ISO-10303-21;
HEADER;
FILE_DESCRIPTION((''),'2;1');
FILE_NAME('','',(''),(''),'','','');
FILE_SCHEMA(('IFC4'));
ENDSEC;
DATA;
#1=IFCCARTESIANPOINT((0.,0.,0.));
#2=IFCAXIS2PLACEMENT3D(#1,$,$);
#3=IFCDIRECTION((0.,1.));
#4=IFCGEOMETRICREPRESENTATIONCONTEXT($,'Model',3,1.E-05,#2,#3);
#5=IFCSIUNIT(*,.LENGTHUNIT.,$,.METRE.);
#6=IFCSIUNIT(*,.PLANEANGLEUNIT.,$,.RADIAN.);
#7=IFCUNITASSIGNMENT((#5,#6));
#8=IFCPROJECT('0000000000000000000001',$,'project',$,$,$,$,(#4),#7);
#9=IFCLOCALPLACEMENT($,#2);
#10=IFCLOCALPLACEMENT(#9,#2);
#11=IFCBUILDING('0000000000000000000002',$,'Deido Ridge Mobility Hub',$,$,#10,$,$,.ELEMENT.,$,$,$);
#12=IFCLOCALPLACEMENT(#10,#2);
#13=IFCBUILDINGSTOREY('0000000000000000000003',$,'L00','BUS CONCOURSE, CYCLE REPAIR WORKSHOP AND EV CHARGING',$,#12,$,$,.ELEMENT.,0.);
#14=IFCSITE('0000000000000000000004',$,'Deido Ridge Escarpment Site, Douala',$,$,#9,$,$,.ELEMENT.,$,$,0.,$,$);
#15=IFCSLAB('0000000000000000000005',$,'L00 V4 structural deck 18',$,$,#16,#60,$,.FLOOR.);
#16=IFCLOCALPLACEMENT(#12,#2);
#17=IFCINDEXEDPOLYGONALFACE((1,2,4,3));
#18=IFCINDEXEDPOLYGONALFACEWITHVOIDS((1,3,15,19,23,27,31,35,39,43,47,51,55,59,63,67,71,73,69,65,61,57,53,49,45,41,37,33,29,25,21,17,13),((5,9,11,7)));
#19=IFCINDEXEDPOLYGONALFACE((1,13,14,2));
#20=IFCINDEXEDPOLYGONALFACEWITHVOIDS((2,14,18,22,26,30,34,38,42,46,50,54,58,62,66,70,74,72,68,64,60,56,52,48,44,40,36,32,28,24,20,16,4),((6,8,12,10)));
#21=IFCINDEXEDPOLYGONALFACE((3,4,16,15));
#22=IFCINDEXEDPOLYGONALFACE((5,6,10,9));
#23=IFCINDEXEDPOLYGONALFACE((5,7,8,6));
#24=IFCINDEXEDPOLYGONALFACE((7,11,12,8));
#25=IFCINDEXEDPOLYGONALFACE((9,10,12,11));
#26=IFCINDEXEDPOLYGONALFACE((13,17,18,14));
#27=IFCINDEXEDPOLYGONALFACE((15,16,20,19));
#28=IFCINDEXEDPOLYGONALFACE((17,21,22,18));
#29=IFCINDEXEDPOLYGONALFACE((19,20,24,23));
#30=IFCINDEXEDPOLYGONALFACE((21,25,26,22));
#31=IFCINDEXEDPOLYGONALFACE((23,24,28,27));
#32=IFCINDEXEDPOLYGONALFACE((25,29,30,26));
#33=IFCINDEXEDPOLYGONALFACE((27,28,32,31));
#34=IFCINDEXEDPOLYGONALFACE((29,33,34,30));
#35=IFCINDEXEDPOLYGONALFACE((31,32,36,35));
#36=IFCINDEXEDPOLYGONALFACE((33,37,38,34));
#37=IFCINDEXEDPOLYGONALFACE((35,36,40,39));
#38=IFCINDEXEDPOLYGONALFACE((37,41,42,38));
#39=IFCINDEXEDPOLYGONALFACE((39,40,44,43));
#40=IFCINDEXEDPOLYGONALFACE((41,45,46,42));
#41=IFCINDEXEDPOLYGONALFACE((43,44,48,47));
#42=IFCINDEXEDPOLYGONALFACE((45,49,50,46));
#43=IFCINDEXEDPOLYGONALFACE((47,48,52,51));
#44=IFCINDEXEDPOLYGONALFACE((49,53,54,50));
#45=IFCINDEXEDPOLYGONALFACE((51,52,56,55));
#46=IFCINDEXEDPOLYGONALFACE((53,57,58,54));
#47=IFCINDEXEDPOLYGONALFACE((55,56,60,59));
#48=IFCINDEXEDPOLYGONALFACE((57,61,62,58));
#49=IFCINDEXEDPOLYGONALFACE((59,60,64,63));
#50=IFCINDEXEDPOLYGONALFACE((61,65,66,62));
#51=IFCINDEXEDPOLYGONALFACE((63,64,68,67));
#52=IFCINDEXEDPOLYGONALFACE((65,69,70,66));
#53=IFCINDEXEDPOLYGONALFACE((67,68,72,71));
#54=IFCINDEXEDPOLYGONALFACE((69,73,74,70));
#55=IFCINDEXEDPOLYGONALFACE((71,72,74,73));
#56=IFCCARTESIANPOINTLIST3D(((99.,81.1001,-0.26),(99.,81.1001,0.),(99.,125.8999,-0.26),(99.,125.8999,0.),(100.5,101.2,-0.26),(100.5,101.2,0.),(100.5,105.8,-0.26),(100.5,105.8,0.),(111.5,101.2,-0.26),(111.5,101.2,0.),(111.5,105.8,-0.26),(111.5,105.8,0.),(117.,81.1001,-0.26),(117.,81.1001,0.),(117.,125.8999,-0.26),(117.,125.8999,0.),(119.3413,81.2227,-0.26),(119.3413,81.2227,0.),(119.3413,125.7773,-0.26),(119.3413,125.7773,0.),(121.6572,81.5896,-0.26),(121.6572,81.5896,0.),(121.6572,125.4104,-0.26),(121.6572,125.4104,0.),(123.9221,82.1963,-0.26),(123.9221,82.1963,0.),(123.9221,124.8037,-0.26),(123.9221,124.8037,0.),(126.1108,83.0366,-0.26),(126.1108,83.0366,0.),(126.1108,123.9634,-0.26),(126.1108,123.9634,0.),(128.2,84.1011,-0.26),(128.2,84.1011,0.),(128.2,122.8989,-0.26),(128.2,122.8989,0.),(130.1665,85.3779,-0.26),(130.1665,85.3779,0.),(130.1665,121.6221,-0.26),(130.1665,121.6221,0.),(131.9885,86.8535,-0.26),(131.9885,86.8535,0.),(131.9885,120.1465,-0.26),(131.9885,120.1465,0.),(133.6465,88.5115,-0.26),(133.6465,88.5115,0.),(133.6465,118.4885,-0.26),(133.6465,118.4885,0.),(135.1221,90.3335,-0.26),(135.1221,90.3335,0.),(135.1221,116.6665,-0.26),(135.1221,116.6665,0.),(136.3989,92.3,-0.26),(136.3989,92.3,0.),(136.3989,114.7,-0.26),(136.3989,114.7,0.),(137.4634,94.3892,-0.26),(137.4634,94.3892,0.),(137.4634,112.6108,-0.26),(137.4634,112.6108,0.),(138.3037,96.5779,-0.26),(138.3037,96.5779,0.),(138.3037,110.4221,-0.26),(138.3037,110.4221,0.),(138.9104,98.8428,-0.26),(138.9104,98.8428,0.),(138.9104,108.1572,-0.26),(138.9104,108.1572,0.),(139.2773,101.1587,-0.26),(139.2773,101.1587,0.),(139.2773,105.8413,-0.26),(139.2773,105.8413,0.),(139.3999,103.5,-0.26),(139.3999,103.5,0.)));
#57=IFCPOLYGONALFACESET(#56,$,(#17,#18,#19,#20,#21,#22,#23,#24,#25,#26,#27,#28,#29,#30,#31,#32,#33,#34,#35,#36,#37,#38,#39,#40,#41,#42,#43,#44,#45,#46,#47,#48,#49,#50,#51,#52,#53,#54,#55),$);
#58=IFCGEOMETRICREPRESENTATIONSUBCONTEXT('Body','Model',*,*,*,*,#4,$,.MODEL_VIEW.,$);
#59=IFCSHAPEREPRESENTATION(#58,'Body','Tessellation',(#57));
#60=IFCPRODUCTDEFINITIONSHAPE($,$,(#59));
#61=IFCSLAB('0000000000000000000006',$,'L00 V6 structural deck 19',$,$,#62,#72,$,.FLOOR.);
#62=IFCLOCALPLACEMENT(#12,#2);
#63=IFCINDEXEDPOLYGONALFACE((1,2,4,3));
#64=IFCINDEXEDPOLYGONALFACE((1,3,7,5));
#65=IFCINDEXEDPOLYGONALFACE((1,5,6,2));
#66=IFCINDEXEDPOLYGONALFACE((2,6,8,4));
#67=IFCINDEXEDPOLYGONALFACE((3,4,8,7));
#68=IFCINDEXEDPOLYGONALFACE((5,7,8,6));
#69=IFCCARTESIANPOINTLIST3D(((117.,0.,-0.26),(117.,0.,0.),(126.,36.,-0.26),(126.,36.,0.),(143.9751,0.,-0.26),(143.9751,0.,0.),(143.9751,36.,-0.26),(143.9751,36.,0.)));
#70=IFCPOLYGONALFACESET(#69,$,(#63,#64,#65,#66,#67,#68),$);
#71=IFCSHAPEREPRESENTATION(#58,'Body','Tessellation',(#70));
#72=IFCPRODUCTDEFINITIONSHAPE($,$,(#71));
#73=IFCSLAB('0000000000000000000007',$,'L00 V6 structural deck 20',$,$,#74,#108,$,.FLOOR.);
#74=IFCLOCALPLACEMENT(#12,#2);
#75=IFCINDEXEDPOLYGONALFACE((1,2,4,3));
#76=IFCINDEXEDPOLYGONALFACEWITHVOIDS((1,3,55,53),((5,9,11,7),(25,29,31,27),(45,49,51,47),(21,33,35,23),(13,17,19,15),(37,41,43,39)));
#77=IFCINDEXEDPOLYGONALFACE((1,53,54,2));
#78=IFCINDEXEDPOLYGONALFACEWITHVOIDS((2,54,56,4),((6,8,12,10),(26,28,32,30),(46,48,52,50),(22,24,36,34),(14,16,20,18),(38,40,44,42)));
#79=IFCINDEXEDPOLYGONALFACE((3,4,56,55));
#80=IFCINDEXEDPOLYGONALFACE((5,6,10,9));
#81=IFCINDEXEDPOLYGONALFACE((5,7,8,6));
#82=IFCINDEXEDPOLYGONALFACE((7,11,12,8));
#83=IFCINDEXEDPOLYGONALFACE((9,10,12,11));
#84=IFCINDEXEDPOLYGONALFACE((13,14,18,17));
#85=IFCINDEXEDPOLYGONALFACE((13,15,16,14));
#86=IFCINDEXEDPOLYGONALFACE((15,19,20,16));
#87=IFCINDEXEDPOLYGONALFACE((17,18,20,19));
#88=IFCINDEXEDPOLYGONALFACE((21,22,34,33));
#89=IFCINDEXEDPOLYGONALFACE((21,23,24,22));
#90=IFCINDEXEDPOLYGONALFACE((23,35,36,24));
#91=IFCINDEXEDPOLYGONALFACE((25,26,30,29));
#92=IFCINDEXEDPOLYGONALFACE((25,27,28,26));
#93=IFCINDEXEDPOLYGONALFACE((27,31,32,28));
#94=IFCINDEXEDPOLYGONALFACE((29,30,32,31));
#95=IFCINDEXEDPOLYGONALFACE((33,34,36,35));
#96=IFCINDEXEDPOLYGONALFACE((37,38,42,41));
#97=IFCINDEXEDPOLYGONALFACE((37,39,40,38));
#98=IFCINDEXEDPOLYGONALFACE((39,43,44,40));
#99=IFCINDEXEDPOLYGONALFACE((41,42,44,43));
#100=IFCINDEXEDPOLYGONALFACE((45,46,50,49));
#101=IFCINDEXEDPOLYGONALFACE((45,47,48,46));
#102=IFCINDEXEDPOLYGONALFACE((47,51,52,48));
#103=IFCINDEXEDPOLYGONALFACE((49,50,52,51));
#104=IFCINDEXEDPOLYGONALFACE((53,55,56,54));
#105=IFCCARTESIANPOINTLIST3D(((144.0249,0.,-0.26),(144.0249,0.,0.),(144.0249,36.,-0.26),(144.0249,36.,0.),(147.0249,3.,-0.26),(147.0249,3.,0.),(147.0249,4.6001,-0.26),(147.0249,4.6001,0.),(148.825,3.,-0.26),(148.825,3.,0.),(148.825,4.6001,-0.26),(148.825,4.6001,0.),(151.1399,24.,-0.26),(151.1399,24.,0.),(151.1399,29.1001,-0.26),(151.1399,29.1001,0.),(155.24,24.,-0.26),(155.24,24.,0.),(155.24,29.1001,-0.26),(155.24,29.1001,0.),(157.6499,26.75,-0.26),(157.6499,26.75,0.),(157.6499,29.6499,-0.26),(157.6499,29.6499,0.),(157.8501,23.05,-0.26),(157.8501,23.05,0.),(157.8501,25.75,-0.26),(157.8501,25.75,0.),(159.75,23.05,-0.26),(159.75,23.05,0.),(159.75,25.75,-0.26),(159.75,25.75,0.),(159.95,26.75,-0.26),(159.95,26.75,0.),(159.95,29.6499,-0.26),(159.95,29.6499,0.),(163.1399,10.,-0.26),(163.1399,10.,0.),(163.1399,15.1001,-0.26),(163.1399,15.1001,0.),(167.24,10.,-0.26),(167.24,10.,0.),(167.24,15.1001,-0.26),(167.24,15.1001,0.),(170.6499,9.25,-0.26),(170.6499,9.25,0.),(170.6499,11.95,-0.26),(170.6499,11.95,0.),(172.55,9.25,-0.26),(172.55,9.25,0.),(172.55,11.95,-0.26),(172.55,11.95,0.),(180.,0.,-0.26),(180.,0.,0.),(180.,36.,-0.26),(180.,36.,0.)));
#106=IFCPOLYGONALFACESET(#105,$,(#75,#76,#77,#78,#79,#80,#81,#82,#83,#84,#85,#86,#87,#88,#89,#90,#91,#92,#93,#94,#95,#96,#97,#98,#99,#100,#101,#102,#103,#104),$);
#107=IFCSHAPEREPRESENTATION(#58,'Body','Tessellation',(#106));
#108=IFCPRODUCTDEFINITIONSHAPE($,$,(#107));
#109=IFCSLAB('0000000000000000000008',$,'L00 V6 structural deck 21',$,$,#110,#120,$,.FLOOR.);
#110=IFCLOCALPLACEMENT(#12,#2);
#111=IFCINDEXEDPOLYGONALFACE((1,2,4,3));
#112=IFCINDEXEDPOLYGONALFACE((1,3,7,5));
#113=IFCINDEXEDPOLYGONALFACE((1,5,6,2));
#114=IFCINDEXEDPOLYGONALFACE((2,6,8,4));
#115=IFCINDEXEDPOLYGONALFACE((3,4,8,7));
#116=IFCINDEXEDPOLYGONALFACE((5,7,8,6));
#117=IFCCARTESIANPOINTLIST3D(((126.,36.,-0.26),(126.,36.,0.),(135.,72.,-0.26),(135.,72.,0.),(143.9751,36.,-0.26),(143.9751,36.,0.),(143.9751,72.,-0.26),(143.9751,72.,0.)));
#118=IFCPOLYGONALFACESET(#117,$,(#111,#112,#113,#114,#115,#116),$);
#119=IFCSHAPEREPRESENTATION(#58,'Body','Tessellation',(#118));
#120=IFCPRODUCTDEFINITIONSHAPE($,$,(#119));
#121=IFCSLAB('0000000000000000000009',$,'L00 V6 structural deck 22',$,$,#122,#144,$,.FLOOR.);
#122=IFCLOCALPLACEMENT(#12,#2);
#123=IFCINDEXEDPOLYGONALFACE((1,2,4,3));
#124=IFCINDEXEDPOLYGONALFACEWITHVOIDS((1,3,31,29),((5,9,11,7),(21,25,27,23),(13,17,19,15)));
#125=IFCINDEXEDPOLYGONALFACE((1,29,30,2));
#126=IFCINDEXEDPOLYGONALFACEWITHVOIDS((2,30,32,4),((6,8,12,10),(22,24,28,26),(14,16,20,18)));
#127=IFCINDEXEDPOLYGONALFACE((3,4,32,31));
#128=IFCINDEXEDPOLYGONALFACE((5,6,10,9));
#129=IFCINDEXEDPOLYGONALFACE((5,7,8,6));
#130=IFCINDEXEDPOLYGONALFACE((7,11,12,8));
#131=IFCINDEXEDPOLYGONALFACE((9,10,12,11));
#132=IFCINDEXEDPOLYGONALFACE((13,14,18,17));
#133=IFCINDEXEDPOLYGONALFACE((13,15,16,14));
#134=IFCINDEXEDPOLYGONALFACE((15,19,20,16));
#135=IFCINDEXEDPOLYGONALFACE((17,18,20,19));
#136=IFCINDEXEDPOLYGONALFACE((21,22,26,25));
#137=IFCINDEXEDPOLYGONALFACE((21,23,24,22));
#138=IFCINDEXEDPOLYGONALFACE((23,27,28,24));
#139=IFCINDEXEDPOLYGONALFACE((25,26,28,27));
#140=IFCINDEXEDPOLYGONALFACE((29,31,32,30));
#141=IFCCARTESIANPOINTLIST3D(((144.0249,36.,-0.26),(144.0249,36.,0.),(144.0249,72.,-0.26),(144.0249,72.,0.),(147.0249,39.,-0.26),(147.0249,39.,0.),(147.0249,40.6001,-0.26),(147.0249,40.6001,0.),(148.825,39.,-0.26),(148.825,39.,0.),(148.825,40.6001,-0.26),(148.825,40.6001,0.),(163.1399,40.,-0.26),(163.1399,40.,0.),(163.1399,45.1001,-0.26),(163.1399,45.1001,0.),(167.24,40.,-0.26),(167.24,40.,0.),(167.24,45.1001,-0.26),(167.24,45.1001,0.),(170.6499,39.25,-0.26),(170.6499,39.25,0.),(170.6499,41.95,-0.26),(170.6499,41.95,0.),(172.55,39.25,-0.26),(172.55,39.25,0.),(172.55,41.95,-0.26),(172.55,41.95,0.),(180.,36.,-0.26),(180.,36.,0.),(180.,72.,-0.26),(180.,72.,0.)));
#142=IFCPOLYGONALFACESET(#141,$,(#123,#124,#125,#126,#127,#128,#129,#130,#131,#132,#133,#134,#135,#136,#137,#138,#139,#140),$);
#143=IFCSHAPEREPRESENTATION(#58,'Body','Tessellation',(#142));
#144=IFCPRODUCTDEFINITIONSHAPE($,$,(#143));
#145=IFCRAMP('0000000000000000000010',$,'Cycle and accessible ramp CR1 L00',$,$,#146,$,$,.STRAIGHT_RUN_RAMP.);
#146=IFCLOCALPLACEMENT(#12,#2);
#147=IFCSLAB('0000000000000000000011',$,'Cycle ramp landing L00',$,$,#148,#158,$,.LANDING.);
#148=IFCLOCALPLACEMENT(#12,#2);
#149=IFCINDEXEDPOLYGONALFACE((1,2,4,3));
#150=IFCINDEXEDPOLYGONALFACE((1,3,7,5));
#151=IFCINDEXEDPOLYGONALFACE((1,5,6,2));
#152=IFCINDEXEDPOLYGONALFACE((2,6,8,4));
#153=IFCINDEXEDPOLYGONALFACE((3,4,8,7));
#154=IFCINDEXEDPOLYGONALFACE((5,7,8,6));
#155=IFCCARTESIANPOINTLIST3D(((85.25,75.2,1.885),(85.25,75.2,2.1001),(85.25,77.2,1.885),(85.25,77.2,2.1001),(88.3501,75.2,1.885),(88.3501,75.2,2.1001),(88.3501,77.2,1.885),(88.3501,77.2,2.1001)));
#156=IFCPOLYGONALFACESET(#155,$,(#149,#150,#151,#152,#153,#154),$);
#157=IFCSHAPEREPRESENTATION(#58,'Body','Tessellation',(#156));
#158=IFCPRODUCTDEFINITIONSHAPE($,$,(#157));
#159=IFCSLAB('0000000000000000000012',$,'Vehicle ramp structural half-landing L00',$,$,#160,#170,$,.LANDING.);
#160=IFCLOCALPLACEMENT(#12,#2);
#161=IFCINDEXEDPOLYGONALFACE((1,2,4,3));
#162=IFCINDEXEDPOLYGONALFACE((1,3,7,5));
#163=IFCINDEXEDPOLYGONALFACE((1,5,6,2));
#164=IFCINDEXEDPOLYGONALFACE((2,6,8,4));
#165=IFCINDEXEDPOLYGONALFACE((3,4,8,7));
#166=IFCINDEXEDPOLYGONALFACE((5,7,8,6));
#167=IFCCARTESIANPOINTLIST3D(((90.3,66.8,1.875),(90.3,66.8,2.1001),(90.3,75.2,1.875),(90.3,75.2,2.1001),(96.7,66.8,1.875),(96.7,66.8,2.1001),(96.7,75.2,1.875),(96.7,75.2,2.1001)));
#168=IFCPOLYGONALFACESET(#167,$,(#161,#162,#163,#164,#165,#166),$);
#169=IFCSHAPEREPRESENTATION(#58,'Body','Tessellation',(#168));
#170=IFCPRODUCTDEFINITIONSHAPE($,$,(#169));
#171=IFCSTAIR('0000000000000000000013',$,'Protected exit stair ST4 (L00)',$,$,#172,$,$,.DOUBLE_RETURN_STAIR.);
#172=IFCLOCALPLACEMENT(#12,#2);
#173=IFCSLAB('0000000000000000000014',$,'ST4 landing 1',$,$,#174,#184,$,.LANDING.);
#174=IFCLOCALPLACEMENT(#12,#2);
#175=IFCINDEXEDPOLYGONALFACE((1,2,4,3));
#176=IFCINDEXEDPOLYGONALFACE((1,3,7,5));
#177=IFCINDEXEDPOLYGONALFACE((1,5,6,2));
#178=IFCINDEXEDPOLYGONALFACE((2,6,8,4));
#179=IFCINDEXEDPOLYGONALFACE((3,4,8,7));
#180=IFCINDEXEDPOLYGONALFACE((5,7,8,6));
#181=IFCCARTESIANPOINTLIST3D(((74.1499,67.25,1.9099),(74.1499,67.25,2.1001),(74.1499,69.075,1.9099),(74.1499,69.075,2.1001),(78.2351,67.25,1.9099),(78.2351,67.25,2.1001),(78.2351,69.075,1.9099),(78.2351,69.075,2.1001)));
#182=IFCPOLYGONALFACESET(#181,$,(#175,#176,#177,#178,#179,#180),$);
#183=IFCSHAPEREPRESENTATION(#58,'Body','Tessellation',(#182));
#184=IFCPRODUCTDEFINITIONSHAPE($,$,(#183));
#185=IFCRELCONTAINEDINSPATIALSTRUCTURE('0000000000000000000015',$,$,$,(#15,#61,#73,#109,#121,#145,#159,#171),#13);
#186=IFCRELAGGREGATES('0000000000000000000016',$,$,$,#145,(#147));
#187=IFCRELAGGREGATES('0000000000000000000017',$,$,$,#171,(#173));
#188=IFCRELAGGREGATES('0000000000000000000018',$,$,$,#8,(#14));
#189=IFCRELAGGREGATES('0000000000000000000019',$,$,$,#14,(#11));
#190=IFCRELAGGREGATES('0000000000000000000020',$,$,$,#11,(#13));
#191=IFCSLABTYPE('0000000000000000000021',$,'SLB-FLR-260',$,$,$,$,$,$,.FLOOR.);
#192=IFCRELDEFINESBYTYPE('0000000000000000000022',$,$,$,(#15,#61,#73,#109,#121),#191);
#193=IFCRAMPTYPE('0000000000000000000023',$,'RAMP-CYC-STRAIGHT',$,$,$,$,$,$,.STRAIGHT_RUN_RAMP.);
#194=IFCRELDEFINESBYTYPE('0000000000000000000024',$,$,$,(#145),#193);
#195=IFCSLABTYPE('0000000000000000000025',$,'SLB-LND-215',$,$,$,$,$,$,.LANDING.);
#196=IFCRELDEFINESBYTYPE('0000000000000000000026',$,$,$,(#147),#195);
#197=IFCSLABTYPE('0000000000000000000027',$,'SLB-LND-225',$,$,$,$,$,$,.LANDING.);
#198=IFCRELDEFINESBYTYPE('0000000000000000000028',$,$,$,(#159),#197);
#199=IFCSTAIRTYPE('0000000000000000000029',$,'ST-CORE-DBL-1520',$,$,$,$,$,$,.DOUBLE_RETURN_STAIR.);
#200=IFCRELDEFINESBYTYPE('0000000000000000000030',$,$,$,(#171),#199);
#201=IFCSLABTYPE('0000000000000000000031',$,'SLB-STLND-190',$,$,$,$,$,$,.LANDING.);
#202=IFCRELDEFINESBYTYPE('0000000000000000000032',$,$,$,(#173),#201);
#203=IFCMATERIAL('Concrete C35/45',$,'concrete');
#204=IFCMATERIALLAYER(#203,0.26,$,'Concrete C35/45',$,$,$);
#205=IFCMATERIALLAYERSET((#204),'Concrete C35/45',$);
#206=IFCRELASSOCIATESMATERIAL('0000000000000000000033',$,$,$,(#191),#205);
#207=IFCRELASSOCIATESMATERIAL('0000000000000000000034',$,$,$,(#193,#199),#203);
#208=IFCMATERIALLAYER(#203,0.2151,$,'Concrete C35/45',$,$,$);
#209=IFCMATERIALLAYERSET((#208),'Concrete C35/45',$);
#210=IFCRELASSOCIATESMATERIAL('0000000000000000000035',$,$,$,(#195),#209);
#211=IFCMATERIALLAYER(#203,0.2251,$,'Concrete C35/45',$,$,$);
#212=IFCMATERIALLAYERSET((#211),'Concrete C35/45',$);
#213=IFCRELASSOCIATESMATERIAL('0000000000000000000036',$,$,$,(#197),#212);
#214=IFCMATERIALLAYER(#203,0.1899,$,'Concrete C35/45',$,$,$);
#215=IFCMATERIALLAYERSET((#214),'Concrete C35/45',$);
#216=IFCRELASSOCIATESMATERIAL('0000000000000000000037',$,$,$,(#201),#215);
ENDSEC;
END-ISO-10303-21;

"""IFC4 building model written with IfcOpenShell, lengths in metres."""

from ifc_helpers import new_model, si_unit, direction, frame, origin, place, context, subcontext, project, spatial, polyline, outline, extrude, material, layer, layer_set, type_object, element, aggregate, save


model = new_model("IFC4")

# Units and contexts
model_context = context("Model", 3, precision=1e-05, world=origin(), true_north=direction((0.0, 1.0)))
body_context = subcontext(model_context, "Body", "Model", "MODEL_VIEW")
ifc_project = project(units=[si_unit("LENGTHUNIT", "METRE"), si_unit("PLANEANGLEUNIT", "RADIAN")], contexts=[model_context])

# Site, building, storey
site_placement = place(None, origin())
site = spatial("IfcSite", under=ifc_project, at=site_placement, Name="Deido Ridge Escarpment Site, Douala", CompositionType="ELEMENT", RefElevation=0.0)
building_placement = place(site_placement, origin())
building = spatial("IfcBuilding", under=site, at=building_placement, Name="Deido Ridge Mobility Hub", CompositionType="ELEMENT")
storey_placement = place(building_placement, origin())
storey = spatial("IfcBuildingStorey", under=building, at=storey_placement, Name="L00", Description="BUS CONCOURSE, CYCLE REPAIR WORKSHOP AND EV CHARGING", CompositionType="ELEMENT", Elevation=0.0)

# Slabs
ifc_material_1 = material(Name="Concrete C35/45", Category="concrete")
ifc_layer_1 = layer(ifc_material_1, 0.26, Name="Concrete C35/45")
ifc_layer_set_1 = layer_set([ifc_layer_1], Name="Concrete C35/45")
slab_type_1 = type_object("IfcSlabType", Name="SLB-FLR-260", PredefinedType="FLOOR", material=ifc_layer_set_1)
slab_1_placement = place(storey_placement, frame((0.0, 0.0, -0.26)))
element("IfcSlab", 1, at=slab_1_placement, inside=storey, type_object=slab_type_1, Name="L00 V4 structural deck 18", PredefinedType="FLOOR", context=body_context, shape_type="SweptSolid", body=[
    extrude(outline(polyline([(119.3413, 125.7773), (121.6572, 125.4104), (123.9221, 124.8037), (126.1108, 123.9634), (128.2, 122.8989), (130.1665, 121.6221), (131.9885, 120.1465), (133.6465, 118.4885), (135.1221, 116.6665), (136.3989, 114.7), (137.4634, 112.6108), (138.3037, 110.4221), (138.9104, 108.1572), (139.2773, 105.8413), (139.3999, 103.5), (139.2773, 101.1587), (138.9104, 98.8428), (138.3037, 96.5779), (137.4634, 94.3892), (136.3989, 92.3), (135.1221, 90.3335), (133.6465, 88.5115), (131.9885, 86.8535), (130.1665, 85.3779), (128.2, 84.1011), (126.1108, 83.0366), (123.9221, 82.1963), (121.6572, 81.5896), (119.3413, 81.2227), (117.0, 81.1001), (99.0, 81.1001), (99.0, 125.8999), (117.0, 125.8999), (119.3413, 125.7773)]), holes=[polyline([(100.5, 105.8), (111.5, 105.8), (111.5, 101.2), (100.5, 101.2), (100.5, 105.8)])]), origin(), (0.0, 0.0, 1.0), 0.26),
])
slab_2_placement = place(storey_placement, frame((0.0, 0.0, -0.26)))
element("IfcSlab", 2, at=slab_2_placement, inside=storey, type_object=slab_type_1, Name="L00 V6 structural deck 19", PredefinedType="FLOOR", context=body_context, shape_type="SweptSolid", body=[
    extrude(outline(polyline([(126.0, 36.0), (143.9751, 36.0), (143.9751, 0.0), (117.0, 0.0), (126.0, 36.0)])), origin(), (0.0, 0.0, 1.0), 0.26),
])
slab_3_placement = place(storey_placement, frame((0.0, 0.0, -0.26)))
element("IfcSlab", 3, at=slab_3_placement, inside=storey, type_object=slab_type_1, Name="L00 V6 structural deck 20", PredefinedType="FLOOR", context=body_context, shape_type="SweptSolid", body=[
    extrude(outline(polyline([(180.0, 36.0), (180.0, 0.0), (144.0249, 0.0), (144.0249, 36.0), (180.0, 36.0)]), holes=[polyline([(147.0249, 4.6001), (148.825, 4.6001), (148.825, 3.0), (147.0249, 3.0), (147.0249, 4.6001)]), polyline([(170.6499, 11.95), (172.55, 11.95), (172.55, 9.25), (170.6499, 9.25), (170.6499, 11.95)]), polyline([(163.1399, 10.0), (163.1399, 15.1001), (167.24, 15.1001), (167.24, 10.0), (163.1399, 10.0)]), polyline([(157.8501, 25.75), (159.75, 25.75), (159.75, 23.05), (157.8501, 23.05), (157.8501, 25.75)]), polyline([(151.1399, 29.1001), (155.24, 29.1001), (155.24, 24.0), (151.1399, 24.0), (151.1399, 29.1001)]), polyline([(157.6499, 26.75), (157.6499, 29.6499), (159.95, 29.6499), (159.95, 26.75), (157.6499, 26.75)])]), origin(), (0.0, 0.0, 1.0), 0.26),
])
slab_4_placement = place(storey_placement, frame((0.0, 0.0, -0.26)))
element("IfcSlab", 4, at=slab_4_placement, inside=storey, type_object=slab_type_1, Name="L00 V6 structural deck 21", PredefinedType="FLOOR", context=body_context, shape_type="SweptSolid", body=[
    extrude(outline(polyline([(143.9751, 72.0), (143.9751, 36.0), (126.0, 36.0), (135.0, 72.0), (143.9751, 72.0)])), origin(), (0.0, 0.0, 1.0), 0.26),
])
slab_5_placement = place(storey_placement, frame((0.0, 0.0, -0.26)))
element("IfcSlab", 5, at=slab_5_placement, inside=storey, type_object=slab_type_1, Name="L00 V6 structural deck 22", PredefinedType="FLOOR", context=body_context, shape_type="SweptSolid", body=[
    extrude(outline(polyline([(180.0, 72.0), (180.0, 36.0), (144.0249, 36.0), (144.0249, 72.0), (180.0, 72.0)]), holes=[polyline([(147.0249, 39.0), (147.0249, 40.6001), (148.825, 40.6001), (148.825, 39.0), (147.0249, 39.0)]), polyline([(170.6499, 41.95), (172.55, 41.95), (172.55, 39.25), (170.6499, 39.25), (170.6499, 41.95)]), polyline([(163.1399, 45.1001), (167.24, 45.1001), (167.24, 40.0), (163.1399, 40.0), (163.1399, 45.1001)])]), origin(), (0.0, 0.0, 1.0), 0.26),
])

# Ramp, slab
ramp_type = type_object("IfcRampType", Name="RAMP-CYC-STRAIGHT", PredefinedType="STRAIGHT_RUN_RAMP", material=ifc_material_1)
ramp_placement = place(storey_placement, origin())
ramp = element("IfcRamp", 6, at=ramp_placement, inside=storey, type_object=ramp_type, Name="Cycle and accessible ramp CR1 L00", PredefinedType="STRAIGHT_RUN_RAMP")
ifc_layer_2 = layer(ifc_material_1, 0.2151, Name="Concrete C35/45")
ifc_layer_set_2 = layer_set([ifc_layer_2], Name="Concrete C35/45")
slab_type_2 = type_object("IfcSlabType", Name="SLB-LND-215", PredefinedType="LANDING", material=ifc_layer_set_2)
slab_6_placement = place(storey_placement, frame((0.0, 0.0, 1.885)))
slab_6 = element("IfcSlab", 7, at=slab_6_placement, type_object=slab_type_2, Name="Cycle ramp landing L00", PredefinedType="LANDING", context=body_context, shape_type="SweptSolid", body=[
    extrude(outline(polyline([(85.25, 75.2), (88.3501, 75.2), (88.3501, 77.2), (85.25, 77.2), (85.25, 75.2)])), origin(), (0.0, 0.0, 1.0), 0.2151),
])
aggregate(ramp, [slab_6])

# Slab
ifc_layer_3 = layer(ifc_material_1, 0.2251, Name="Concrete C35/45")
ifc_layer_set_3 = layer_set([ifc_layer_3], Name="Concrete C35/45")
slab_type_3 = type_object("IfcSlabType", Name="SLB-LND-225", PredefinedType="LANDING", material=ifc_layer_set_3)
slab_7_placement = place(storey_placement, frame((0.0, 0.0, 1.875)))
element("IfcSlab", 8, at=slab_7_placement, inside=storey, type_object=slab_type_3, Name="Vehicle ramp structural half-landing L00", PredefinedType="LANDING", context=body_context, shape_type="SweptSolid", body=[
    extrude(outline(polyline([(90.3, 66.8), (96.7, 66.8), (96.7, 75.2), (90.3, 75.2), (90.3, 66.8)])), origin(), (0.0, 0.0, 1.0), 0.2251),
])

# Stair, slab
stair_type_1 = type_object("IfcStairType", Name="ST-CORE-DBL-1520", PredefinedType="DOUBLE_RETURN_STAIR", material=ifc_material_1)
stair_1_placement = place(storey_placement, origin())
stair_1 = element("IfcStair", 9, at=stair_1_placement, inside=storey, type_object=stair_type_1, Name="Protected exit stair ST4 (L00)", PredefinedType="DOUBLE_RETURN_STAIR")
ifc_layer_4 = layer(ifc_material_1, 0.1899, Name="Concrete C35/45")
ifc_layer_set_4 = layer_set([ifc_layer_4], Name="Concrete C35/45")
slab_type_4 = type_object("IfcSlabType", Name="SLB-STLND-190", PredefinedType="LANDING", material=ifc_layer_set_4)
slab_8_placement = place(storey_placement, frame((0.0, 0.0, 1.9099)))
slab_8 = element("IfcSlab", 10, at=slab_8_placement, type_object=slab_type_4, Name="ST4 landing 1", PredefinedType="LANDING", context=body_context, shape_type="SweptSolid", body=[
    extrude(outline(polyline([(74.1499, 67.25), (78.2351, 67.25), (78.2351, 69.075), (74.1499, 69.075), (74.1499, 67.25)])), origin(), (0.0, 0.0, 1.0), 0.1902),
])
aggregate(stair_1, [slab_8])

save(model, "model.ifc")
